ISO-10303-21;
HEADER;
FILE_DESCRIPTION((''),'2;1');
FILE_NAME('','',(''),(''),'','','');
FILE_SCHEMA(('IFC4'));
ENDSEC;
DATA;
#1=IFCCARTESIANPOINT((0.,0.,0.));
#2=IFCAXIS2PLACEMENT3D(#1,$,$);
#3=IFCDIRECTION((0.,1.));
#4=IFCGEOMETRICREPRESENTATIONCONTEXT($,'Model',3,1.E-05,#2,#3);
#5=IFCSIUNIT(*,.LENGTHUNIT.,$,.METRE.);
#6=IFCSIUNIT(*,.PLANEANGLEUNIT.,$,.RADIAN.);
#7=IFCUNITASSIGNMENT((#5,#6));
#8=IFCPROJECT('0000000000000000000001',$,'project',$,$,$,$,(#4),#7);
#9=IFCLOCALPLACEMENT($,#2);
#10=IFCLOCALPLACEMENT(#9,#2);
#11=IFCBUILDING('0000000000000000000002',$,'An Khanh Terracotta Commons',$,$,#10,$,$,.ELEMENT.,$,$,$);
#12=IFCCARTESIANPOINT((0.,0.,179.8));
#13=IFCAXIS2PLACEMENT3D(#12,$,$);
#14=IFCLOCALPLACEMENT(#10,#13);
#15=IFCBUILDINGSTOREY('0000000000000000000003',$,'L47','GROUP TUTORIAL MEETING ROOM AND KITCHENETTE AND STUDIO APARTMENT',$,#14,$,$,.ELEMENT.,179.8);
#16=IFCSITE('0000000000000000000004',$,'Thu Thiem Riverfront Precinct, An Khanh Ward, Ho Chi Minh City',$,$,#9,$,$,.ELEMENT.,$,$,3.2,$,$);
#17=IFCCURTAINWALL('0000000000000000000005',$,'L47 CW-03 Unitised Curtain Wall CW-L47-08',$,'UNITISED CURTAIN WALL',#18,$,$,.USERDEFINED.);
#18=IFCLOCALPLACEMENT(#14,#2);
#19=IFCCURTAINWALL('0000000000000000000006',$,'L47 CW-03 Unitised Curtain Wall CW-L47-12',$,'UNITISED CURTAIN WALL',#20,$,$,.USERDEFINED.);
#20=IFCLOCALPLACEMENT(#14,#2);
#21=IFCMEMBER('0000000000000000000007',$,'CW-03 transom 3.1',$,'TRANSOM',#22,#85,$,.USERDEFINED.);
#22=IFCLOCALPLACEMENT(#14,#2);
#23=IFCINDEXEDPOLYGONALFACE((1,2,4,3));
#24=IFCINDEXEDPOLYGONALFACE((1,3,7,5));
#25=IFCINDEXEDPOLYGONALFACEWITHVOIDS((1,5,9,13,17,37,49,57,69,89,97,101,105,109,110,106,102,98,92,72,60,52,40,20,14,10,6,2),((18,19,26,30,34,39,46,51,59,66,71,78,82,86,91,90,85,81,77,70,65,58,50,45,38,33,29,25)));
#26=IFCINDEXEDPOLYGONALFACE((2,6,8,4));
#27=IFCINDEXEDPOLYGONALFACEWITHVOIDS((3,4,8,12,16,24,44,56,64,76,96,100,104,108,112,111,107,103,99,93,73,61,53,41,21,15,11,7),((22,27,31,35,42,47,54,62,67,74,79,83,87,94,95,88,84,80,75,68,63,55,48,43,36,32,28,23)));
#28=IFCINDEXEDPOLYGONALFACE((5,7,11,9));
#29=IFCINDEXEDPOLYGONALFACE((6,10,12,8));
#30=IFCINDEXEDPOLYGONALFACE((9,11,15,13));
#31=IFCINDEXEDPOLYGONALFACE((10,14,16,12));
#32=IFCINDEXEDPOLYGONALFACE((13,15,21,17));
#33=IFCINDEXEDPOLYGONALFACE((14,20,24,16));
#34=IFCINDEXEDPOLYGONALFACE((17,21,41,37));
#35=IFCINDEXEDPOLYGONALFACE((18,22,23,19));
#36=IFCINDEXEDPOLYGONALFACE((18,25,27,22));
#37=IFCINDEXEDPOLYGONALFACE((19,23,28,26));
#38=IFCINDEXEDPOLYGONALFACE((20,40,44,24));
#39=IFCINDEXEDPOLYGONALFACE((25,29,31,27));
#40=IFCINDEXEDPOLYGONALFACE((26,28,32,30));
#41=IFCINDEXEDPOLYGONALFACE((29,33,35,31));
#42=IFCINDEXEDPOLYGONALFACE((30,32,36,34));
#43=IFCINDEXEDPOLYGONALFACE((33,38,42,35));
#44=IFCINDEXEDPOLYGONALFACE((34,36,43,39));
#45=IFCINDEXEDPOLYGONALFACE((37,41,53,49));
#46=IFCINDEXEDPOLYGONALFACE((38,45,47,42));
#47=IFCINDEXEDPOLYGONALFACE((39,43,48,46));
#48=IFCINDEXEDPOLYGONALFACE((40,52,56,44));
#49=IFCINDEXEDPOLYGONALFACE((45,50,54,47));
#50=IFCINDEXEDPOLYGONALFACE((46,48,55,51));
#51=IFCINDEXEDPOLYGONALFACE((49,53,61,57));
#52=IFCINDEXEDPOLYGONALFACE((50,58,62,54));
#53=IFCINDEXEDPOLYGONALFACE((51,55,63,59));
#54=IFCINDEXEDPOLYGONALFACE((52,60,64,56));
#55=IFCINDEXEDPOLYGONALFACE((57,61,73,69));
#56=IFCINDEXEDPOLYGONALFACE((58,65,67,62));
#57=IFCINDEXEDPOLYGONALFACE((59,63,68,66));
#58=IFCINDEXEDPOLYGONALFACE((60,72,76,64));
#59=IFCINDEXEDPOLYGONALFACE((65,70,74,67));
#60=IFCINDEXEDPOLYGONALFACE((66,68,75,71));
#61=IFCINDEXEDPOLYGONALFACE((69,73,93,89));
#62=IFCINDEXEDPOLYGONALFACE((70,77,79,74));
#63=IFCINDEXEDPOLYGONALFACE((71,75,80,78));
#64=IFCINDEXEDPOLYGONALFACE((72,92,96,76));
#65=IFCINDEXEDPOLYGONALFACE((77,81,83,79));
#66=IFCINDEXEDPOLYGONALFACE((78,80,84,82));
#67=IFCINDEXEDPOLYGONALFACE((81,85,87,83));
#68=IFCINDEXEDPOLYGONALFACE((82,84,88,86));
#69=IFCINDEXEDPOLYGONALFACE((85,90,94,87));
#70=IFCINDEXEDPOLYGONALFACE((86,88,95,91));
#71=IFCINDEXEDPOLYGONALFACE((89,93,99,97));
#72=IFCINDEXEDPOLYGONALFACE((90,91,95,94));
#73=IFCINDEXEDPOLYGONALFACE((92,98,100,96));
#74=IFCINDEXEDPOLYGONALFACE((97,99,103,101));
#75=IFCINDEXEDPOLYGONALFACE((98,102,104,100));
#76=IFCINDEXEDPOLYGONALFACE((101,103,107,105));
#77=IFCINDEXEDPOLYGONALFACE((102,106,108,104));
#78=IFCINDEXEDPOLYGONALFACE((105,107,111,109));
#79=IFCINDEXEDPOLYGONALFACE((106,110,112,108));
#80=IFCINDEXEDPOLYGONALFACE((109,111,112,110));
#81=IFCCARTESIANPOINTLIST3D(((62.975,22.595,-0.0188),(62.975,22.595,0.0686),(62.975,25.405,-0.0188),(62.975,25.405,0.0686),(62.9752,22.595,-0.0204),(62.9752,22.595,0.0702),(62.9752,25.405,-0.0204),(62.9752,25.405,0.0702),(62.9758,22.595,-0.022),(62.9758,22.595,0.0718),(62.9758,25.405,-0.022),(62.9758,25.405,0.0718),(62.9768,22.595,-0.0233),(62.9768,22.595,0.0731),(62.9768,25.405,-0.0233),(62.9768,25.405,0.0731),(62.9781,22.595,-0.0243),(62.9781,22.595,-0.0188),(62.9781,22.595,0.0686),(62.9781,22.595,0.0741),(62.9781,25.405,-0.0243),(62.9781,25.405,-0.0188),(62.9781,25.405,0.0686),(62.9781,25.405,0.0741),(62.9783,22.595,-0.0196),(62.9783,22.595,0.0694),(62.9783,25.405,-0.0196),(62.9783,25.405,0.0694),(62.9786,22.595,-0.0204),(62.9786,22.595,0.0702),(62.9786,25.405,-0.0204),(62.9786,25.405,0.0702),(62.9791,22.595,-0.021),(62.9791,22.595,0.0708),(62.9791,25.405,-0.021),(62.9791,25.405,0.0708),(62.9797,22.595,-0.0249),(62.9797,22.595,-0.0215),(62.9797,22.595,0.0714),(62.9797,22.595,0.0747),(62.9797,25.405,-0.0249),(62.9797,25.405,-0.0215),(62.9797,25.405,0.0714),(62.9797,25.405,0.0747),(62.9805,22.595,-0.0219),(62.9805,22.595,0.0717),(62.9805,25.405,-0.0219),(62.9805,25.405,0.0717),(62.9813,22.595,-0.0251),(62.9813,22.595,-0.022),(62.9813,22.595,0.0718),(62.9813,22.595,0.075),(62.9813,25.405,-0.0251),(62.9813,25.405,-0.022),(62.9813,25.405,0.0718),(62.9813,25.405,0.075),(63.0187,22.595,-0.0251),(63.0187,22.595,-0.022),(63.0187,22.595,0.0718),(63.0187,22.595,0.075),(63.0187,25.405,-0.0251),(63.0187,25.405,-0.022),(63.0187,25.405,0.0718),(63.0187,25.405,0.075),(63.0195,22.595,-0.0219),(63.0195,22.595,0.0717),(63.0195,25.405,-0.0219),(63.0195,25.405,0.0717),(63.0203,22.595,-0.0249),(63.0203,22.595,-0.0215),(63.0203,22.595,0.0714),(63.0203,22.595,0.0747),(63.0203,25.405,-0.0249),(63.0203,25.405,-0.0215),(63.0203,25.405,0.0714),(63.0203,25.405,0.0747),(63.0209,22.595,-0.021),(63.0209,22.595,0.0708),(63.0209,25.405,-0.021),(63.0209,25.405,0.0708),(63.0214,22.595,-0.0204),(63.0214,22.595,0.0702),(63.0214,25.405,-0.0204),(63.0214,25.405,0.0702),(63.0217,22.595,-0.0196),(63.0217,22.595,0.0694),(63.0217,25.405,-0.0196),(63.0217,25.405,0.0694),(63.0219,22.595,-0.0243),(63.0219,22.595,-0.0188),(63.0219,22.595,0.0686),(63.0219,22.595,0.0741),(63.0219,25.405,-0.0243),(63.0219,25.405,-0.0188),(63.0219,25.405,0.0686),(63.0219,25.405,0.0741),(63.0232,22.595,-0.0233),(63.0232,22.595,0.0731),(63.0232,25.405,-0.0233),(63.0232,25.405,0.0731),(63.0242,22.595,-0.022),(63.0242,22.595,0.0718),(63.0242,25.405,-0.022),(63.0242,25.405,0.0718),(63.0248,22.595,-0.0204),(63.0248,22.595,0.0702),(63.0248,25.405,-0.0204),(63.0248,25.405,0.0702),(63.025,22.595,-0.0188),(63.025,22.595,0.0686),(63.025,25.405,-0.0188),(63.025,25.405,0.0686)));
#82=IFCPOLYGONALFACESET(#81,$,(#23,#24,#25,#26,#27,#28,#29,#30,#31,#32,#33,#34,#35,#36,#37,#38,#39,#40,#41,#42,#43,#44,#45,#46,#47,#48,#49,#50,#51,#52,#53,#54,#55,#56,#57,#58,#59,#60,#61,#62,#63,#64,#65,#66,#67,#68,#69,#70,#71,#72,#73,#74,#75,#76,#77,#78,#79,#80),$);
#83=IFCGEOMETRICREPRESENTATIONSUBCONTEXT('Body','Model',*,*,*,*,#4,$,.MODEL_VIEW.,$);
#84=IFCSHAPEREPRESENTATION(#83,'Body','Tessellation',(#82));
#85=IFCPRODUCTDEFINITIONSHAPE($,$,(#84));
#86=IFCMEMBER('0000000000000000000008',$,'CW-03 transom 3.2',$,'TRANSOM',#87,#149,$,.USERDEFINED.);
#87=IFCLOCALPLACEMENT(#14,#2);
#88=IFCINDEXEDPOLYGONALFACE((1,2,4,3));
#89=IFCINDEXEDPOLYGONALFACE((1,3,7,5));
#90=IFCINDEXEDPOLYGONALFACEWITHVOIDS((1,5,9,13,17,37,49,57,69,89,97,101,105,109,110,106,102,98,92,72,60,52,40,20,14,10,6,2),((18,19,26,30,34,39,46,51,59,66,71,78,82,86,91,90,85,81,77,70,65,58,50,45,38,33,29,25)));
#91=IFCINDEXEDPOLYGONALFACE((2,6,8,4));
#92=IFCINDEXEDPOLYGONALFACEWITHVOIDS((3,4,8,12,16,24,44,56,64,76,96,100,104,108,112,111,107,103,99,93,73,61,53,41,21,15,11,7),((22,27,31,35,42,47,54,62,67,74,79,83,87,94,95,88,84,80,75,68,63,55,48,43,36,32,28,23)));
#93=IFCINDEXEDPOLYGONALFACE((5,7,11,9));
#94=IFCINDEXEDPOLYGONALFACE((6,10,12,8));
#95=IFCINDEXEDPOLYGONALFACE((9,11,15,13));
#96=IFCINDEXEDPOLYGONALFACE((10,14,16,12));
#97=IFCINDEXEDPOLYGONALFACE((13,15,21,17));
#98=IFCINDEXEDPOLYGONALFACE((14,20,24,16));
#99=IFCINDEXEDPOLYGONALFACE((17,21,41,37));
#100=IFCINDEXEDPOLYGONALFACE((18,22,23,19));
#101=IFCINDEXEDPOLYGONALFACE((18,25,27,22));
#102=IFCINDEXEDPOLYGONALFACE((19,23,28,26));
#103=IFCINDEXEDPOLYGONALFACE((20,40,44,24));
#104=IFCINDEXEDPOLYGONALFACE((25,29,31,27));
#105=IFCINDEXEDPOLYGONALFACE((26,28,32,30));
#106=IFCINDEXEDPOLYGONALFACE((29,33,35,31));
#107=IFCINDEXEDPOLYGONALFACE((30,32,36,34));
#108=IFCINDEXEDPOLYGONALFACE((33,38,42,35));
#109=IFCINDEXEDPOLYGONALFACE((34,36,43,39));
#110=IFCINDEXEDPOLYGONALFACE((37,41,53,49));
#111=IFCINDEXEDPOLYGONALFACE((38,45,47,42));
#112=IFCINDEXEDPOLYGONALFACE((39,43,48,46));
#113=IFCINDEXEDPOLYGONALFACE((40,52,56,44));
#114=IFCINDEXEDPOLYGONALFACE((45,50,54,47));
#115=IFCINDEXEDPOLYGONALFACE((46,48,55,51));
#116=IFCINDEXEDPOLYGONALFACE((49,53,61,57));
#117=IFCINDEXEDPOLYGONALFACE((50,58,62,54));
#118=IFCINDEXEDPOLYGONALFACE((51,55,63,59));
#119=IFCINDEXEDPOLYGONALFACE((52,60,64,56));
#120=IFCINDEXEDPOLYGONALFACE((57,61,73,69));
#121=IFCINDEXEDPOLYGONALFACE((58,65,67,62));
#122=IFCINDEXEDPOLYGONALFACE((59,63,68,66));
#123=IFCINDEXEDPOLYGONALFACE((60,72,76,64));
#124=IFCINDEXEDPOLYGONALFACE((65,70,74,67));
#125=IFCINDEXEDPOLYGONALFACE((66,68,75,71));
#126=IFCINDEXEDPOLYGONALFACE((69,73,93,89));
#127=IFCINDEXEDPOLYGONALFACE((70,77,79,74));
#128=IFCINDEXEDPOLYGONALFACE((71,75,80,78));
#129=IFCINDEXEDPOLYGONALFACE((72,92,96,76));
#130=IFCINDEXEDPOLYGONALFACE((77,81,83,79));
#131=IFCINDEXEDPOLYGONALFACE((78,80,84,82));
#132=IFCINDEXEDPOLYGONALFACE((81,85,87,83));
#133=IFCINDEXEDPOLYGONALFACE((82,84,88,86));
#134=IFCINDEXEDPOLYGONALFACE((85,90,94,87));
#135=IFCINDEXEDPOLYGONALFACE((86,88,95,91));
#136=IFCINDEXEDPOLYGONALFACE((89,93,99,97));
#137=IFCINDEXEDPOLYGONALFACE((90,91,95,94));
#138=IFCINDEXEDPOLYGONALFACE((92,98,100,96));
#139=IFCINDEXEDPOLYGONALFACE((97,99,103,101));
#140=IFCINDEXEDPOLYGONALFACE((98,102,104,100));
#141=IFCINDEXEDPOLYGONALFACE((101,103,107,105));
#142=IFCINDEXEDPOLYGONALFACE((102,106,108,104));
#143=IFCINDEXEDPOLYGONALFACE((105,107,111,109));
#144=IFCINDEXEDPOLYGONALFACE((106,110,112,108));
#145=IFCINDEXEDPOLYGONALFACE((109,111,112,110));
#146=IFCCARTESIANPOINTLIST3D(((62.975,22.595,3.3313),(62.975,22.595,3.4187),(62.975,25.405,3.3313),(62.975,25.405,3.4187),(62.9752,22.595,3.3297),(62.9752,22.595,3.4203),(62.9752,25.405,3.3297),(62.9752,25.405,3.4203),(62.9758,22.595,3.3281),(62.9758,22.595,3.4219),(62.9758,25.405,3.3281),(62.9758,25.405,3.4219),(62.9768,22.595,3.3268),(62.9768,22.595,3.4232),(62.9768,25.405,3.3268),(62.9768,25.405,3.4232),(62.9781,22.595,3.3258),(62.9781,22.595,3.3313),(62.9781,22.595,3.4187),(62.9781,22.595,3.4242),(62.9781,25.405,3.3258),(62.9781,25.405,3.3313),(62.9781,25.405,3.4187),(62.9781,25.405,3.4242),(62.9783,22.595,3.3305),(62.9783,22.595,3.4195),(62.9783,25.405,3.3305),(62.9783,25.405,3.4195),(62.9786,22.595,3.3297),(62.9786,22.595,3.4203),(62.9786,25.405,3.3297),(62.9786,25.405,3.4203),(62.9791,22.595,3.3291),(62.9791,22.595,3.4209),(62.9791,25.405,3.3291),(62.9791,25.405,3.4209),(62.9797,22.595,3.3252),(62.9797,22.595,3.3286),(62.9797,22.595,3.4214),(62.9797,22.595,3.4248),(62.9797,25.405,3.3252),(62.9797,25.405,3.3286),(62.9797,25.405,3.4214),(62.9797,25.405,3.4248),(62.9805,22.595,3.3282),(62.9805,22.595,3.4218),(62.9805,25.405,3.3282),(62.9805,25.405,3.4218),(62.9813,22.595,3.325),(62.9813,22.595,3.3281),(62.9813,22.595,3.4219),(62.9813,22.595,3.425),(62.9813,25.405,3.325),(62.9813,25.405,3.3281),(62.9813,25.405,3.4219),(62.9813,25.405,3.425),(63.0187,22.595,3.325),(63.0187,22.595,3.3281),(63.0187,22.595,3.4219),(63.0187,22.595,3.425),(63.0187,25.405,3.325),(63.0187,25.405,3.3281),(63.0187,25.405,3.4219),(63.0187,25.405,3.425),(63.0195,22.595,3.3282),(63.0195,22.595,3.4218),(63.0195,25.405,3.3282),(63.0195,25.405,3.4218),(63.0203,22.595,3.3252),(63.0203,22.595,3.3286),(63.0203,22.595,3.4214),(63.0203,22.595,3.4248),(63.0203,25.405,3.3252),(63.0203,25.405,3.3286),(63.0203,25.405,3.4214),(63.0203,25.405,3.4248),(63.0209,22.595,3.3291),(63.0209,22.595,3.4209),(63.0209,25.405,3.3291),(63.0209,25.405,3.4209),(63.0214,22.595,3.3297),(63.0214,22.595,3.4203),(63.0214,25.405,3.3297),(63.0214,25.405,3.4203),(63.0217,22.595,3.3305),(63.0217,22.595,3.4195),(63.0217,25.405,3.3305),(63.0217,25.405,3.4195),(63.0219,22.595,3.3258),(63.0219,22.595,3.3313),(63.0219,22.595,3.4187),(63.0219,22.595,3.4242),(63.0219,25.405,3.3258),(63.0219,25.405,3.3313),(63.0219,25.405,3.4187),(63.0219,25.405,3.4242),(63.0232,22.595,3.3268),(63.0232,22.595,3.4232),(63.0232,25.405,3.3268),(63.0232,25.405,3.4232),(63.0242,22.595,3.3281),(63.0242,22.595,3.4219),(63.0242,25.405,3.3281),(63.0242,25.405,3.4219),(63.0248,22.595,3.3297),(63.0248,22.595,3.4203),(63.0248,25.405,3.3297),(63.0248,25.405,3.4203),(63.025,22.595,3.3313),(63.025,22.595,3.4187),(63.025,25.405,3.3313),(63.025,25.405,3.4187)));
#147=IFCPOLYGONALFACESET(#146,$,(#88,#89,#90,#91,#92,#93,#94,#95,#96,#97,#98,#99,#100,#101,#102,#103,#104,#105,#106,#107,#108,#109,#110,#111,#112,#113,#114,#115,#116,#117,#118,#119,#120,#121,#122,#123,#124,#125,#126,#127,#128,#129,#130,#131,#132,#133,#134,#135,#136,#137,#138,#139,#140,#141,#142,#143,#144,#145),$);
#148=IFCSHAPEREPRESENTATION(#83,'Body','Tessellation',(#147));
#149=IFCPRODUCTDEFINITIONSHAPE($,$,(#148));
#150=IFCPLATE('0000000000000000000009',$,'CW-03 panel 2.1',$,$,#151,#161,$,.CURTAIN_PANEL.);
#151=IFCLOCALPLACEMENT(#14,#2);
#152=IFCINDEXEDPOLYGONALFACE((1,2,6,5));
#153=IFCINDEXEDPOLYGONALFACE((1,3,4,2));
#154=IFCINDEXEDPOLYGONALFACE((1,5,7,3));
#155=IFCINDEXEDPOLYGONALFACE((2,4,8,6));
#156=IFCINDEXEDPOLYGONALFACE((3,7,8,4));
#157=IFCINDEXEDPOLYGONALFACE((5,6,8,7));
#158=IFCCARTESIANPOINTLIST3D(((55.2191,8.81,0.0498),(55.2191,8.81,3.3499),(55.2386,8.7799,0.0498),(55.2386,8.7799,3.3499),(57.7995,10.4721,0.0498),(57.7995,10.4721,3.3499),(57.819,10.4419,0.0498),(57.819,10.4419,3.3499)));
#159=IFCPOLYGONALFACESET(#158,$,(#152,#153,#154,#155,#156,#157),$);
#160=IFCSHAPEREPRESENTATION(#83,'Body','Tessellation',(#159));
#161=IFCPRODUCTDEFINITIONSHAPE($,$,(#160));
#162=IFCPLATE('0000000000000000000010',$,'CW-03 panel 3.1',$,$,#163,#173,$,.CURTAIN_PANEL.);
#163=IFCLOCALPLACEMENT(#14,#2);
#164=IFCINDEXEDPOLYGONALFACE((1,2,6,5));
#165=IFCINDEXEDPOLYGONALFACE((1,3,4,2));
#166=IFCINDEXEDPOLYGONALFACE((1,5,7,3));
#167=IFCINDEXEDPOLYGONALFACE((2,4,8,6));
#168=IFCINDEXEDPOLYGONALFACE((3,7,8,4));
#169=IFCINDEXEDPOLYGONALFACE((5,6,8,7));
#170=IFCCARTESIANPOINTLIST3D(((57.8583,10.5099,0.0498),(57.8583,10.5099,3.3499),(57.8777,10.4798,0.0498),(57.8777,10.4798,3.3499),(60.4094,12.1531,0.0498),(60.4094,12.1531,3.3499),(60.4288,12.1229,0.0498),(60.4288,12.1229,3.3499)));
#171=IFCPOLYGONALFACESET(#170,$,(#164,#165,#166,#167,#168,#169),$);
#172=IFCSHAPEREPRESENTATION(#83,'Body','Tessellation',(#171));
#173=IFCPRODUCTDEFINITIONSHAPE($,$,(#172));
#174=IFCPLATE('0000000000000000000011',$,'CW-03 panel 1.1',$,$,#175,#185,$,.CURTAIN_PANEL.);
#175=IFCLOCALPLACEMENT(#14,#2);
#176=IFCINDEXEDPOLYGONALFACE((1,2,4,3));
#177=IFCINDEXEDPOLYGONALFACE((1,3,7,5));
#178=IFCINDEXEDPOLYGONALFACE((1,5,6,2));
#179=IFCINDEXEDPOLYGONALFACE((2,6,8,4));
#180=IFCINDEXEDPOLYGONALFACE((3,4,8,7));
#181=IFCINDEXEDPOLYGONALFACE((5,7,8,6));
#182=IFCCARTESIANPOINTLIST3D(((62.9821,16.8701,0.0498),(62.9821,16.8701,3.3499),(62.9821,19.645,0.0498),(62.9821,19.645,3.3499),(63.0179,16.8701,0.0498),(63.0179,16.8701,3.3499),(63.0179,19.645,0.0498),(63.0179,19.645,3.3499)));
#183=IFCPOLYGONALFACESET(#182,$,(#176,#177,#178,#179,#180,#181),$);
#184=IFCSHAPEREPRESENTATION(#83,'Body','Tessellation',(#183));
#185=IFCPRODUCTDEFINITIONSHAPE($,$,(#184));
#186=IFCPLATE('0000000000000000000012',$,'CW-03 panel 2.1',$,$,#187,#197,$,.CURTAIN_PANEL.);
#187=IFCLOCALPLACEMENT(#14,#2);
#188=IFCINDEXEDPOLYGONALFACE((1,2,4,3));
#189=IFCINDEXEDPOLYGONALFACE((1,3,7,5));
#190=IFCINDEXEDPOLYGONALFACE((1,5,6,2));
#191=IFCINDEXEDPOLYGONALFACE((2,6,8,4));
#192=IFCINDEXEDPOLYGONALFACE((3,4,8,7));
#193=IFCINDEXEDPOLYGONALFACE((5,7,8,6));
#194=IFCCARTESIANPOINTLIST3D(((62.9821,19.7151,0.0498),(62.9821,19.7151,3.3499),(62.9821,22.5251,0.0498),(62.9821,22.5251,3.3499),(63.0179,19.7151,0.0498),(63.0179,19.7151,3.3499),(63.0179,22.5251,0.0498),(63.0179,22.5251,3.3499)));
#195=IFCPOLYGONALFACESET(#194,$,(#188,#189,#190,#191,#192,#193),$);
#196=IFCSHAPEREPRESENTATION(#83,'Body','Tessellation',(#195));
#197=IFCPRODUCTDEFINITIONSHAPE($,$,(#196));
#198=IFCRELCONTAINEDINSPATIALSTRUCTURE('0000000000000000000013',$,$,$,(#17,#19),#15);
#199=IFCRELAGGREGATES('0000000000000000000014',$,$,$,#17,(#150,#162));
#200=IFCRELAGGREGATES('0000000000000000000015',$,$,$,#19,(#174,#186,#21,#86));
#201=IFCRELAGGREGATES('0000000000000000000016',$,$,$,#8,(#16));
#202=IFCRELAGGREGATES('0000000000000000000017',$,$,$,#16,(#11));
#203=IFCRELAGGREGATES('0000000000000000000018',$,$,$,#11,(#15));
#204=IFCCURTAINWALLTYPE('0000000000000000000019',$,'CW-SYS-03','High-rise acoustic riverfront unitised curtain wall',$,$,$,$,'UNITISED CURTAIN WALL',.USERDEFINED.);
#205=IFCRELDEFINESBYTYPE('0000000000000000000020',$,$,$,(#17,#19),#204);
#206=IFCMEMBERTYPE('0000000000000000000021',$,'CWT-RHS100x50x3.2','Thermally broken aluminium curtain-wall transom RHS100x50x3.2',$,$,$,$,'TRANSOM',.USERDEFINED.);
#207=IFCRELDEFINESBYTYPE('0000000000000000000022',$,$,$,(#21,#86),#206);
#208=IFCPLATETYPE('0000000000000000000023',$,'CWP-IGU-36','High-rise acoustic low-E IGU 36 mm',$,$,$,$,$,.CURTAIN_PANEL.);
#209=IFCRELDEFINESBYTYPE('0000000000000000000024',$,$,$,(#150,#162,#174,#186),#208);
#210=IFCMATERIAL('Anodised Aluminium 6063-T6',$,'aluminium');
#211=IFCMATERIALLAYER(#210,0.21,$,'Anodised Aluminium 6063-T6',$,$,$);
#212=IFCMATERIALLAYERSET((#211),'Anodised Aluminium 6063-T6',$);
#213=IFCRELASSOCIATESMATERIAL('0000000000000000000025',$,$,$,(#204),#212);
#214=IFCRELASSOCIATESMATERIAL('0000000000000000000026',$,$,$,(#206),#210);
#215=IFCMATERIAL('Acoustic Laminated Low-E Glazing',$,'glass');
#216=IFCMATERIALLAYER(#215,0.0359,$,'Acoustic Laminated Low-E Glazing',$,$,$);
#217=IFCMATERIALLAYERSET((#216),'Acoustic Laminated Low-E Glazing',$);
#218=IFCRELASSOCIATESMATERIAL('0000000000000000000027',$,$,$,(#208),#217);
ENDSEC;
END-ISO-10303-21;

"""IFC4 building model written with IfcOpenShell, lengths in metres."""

from ifc_helpers import new_model, si_unit, direction, frame, origin, origin_2d, place, context, subcontext, project, spatial, rectangle, hollow_rectangle, extrude, material, layer, layer_set, material_profile, profile_set, type_object, element, aggregate, save


model = new_model("IFC4")

# Units and contexts
model_context = context("Model", 3, precision=1e-05, world=origin(), true_north=direction((0.0, 1.0)))
body_context = subcontext(model_context, "Body", "Model", "MODEL_VIEW")
ifc_project = project(units=[si_unit("LENGTHUNIT", "METRE"), si_unit("PLANEANGLEUNIT", "RADIAN")], contexts=[model_context])

# Site, building, storey
site_placement = place(None, origin())
site = spatial("IfcSite", under=ifc_project, at=site_placement, Name="Thu Thiem Riverfront Precinct, An Khanh Ward, Ho Chi Minh City", CompositionType="ELEMENT", RefElevation=3.2)
building_placement = place(site_placement, origin())
building = spatial("IfcBuilding", under=site, at=building_placement, Name="An Khanh Terracotta Commons", CompositionType="ELEMENT")
storey_placement = place(building_placement, frame((0.0, 0.0, 179.8)))
storey = spatial("IfcBuildingStorey", under=building, at=storey_placement, Name="L47", Description="GROUP TUTORIAL MEETING ROOM AND KITCHENETTE AND STUDIO APARTMENT", CompositionType="ELEMENT", Elevation=179.8)

# Curtain walls
ifc_material_1 = material(Name="Anodised Aluminium 6063-T6", Category="aluminium")
ifc_layer_1 = layer(ifc_material_1, 0.21, Name="Anodised Aluminium 6063-T6")
ifc_layer_set_1 = layer_set([ifc_layer_1], Name="Anodised Aluminium 6063-T6")
curtain_wall_type = type_object("IfcCurtainWallType", Name="CW-SYS-03", Description="High-rise acoustic riverfront unitised curtain wall", ElementType="UNITISED CURTAIN WALL", PredefinedType="USERDEFINED", material=ifc_layer_set_1)
curtain_wall_1_placement = place(storey_placement, origin())
curtain_wall_1 = element("IfcCurtainWall", 1, at=curtain_wall_1_placement, inside=storey, type_object=curtain_wall_type, Name="L47 CW-03 Unitised Curtain Wall CW-L47-08", ObjectType="UNITISED CURTAIN WALL", PredefinedType="USERDEFINED")
curtain_wall_2_placement = place(storey_placement, origin())
curtain_wall_2 = element("IfcCurtainWall", 2, at=curtain_wall_2_placement, inside=storey, type_object=curtain_wall_type, Name="L47 CW-03 Unitised Curtain Wall CW-L47-12", ObjectType="UNITISED CURTAIN WALL", PredefinedType="USERDEFINED")

# Members
ifc_material_profile_1 = material_profile(ifc_material_1, hollow_rectangle(XDim=0.05, YDim=0.1001, WallThickness=0.0032, InnerFilletRadius=0.0032, OuterFilletRadius=0.0063, at=origin_2d()), Name="RHS100x50x3.2")
ifc_profile_set_1 = profile_set([ifc_material_profile_1], Name="Anodised Aluminium 6063-T6")
member_type_1 = type_object("IfcMemberType", Name="CWT-RHS100x50x3.2", Description="Thermally broken aluminium curtain-wall transom RHS100x50x3.2", ElementType="TRANSOM", PredefinedType="USERDEFINED", material=ifc_profile_set_1)
member_1_placement = place(storey_placement, frame((63.0, 22.595, 0.0249), z_axis=(0.0, 1.0, 0.0), x_axis=(-1.0, 0.0, 0.0)))
member_1 = element("IfcMember", 3, at=member_1_placement, type_object=member_type_1, Name="CW-03 transom 3.1", ObjectType="TRANSOM", PredefinedType="USERDEFINED", context=body_context, shape_type="SweptSolid", body=[
    extrude(hollow_rectangle(XDim=0.05, YDim=0.1001, WallThickness=0.0032, InnerFilletRadius=0.0032, OuterFilletRadius=0.0063, at=origin_2d()), origin(), (0.0, 0.0, 1.0), 2.8101),
])
member_2_placement = place(storey_placement, frame((63.0, 22.595, 3.375), z_axis=(0.0, 1.0, 0.0), x_axis=(-1.0, 0.0, 0.0)))
member_2 = element("IfcMember", 4, at=member_2_placement, type_object=member_type_1, Name="CW-03 transom 3.2", ObjectType="TRANSOM", PredefinedType="USERDEFINED", context=body_context, shape_type="SweptSolid", body=[
    extrude(hollow_rectangle(XDim=0.05, YDim=0.1001, WallThickness=0.0032, InnerFilletRadius=0.0032, OuterFilletRadius=0.0063, at=origin_2d()), origin(), (0.0, 0.0, 1.0), 2.8101),
])

# Plates
ifc_material_2 = material(Name="Acoustic Laminated Low-E Glazing", Category="glass")
ifc_layer_2 = layer(ifc_material_2, 0.0359, Name="Acoustic Laminated Low-E Glazing")
ifc_layer_set_2 = layer_set([ifc_layer_2], Name="Acoustic Laminated Low-E Glazing")
plate_type = type_object("IfcPlateType", Name="CWP-IGU-36", Description="High-rise acoustic low-E IGU 36 mm", PredefinedType="CURTAIN_PANEL", material=ifc_layer_set_2)
plate_1_placement = place(storey_placement, frame((56.519, 9.626, 0.0498), z_axis=(0.0, 0.0, 1.0), x_axis=(0.840702, 0.541498, 0.0)))
plate_1 = element("IfcPlate", 5, at=plate_1_placement, type_object=plate_type, Name="CW-03 panel 2.1", PredefinedType="CURTAIN_PANEL", context=body_context, shape_type="SweptSolid", body=[
    extrude(rectangle(XDim=3.0693, YDim=0.0359, at=origin_2d()), origin(), (0.0, 0.0, 1.0), 3.3),
])
plate_2_placement = place(storey_placement, frame((59.1436, 11.3164, 0.0498), z_axis=(0.0, 0.0, 1.0), x_axis=(0.840702, 0.541498, 0.0)))
plate_2 = element("IfcPlate", 6, at=plate_2_placement, type_object=plate_type, Name="CW-03 panel 3.1", PredefinedType="CURTAIN_PANEL", context=body_context, shape_type="SweptSolid", body=[
    extrude(rectangle(XDim=3.0344, YDim=0.0359, at=origin_2d()), origin(), (0.0, 0.0, 1.0), 3.3),
])
aggregate(curtain_wall_1, [plate_1, plate_2])
plate_3_placement = place(storey_placement, frame((63.0, 18.2576, 0.0498), z_axis=(0.0, 0.0, 1.0), x_axis=(0.0, 1.0, 0.0)))
plate_3 = element("IfcPlate", 7, at=plate_3_placement, type_object=plate_type, Name="CW-03 panel 1.1", PredefinedType="CURTAIN_PANEL", context=body_context, shape_type="SweptSolid", body=[
    extrude(rectangle(XDim=2.7749, YDim=0.0359, at=origin_2d()), origin(), (0.0, 0.0, 1.0), 3.3),
])
plate_4_placement = place(storey_placement, frame((63.0, 21.1201, 0.0498), z_axis=(0.0, 0.0, 1.0), x_axis=(0.0, 1.0, 0.0)))
plate_4 = element("IfcPlate", 8, at=plate_4_placement, type_object=plate_type, Name="CW-03 panel 2.1", PredefinedType="CURTAIN_PANEL", context=body_context, shape_type="SweptSolid", body=[
    extrude(rectangle(XDim=2.8101, YDim=0.0359, at=origin_2d()), origin(), (0.0, 0.0, 1.0), 3.3),
])
aggregate(curtain_wall_2, [plate_3, plate_4, member_1, member_2])

save(model, "model.ifc")
